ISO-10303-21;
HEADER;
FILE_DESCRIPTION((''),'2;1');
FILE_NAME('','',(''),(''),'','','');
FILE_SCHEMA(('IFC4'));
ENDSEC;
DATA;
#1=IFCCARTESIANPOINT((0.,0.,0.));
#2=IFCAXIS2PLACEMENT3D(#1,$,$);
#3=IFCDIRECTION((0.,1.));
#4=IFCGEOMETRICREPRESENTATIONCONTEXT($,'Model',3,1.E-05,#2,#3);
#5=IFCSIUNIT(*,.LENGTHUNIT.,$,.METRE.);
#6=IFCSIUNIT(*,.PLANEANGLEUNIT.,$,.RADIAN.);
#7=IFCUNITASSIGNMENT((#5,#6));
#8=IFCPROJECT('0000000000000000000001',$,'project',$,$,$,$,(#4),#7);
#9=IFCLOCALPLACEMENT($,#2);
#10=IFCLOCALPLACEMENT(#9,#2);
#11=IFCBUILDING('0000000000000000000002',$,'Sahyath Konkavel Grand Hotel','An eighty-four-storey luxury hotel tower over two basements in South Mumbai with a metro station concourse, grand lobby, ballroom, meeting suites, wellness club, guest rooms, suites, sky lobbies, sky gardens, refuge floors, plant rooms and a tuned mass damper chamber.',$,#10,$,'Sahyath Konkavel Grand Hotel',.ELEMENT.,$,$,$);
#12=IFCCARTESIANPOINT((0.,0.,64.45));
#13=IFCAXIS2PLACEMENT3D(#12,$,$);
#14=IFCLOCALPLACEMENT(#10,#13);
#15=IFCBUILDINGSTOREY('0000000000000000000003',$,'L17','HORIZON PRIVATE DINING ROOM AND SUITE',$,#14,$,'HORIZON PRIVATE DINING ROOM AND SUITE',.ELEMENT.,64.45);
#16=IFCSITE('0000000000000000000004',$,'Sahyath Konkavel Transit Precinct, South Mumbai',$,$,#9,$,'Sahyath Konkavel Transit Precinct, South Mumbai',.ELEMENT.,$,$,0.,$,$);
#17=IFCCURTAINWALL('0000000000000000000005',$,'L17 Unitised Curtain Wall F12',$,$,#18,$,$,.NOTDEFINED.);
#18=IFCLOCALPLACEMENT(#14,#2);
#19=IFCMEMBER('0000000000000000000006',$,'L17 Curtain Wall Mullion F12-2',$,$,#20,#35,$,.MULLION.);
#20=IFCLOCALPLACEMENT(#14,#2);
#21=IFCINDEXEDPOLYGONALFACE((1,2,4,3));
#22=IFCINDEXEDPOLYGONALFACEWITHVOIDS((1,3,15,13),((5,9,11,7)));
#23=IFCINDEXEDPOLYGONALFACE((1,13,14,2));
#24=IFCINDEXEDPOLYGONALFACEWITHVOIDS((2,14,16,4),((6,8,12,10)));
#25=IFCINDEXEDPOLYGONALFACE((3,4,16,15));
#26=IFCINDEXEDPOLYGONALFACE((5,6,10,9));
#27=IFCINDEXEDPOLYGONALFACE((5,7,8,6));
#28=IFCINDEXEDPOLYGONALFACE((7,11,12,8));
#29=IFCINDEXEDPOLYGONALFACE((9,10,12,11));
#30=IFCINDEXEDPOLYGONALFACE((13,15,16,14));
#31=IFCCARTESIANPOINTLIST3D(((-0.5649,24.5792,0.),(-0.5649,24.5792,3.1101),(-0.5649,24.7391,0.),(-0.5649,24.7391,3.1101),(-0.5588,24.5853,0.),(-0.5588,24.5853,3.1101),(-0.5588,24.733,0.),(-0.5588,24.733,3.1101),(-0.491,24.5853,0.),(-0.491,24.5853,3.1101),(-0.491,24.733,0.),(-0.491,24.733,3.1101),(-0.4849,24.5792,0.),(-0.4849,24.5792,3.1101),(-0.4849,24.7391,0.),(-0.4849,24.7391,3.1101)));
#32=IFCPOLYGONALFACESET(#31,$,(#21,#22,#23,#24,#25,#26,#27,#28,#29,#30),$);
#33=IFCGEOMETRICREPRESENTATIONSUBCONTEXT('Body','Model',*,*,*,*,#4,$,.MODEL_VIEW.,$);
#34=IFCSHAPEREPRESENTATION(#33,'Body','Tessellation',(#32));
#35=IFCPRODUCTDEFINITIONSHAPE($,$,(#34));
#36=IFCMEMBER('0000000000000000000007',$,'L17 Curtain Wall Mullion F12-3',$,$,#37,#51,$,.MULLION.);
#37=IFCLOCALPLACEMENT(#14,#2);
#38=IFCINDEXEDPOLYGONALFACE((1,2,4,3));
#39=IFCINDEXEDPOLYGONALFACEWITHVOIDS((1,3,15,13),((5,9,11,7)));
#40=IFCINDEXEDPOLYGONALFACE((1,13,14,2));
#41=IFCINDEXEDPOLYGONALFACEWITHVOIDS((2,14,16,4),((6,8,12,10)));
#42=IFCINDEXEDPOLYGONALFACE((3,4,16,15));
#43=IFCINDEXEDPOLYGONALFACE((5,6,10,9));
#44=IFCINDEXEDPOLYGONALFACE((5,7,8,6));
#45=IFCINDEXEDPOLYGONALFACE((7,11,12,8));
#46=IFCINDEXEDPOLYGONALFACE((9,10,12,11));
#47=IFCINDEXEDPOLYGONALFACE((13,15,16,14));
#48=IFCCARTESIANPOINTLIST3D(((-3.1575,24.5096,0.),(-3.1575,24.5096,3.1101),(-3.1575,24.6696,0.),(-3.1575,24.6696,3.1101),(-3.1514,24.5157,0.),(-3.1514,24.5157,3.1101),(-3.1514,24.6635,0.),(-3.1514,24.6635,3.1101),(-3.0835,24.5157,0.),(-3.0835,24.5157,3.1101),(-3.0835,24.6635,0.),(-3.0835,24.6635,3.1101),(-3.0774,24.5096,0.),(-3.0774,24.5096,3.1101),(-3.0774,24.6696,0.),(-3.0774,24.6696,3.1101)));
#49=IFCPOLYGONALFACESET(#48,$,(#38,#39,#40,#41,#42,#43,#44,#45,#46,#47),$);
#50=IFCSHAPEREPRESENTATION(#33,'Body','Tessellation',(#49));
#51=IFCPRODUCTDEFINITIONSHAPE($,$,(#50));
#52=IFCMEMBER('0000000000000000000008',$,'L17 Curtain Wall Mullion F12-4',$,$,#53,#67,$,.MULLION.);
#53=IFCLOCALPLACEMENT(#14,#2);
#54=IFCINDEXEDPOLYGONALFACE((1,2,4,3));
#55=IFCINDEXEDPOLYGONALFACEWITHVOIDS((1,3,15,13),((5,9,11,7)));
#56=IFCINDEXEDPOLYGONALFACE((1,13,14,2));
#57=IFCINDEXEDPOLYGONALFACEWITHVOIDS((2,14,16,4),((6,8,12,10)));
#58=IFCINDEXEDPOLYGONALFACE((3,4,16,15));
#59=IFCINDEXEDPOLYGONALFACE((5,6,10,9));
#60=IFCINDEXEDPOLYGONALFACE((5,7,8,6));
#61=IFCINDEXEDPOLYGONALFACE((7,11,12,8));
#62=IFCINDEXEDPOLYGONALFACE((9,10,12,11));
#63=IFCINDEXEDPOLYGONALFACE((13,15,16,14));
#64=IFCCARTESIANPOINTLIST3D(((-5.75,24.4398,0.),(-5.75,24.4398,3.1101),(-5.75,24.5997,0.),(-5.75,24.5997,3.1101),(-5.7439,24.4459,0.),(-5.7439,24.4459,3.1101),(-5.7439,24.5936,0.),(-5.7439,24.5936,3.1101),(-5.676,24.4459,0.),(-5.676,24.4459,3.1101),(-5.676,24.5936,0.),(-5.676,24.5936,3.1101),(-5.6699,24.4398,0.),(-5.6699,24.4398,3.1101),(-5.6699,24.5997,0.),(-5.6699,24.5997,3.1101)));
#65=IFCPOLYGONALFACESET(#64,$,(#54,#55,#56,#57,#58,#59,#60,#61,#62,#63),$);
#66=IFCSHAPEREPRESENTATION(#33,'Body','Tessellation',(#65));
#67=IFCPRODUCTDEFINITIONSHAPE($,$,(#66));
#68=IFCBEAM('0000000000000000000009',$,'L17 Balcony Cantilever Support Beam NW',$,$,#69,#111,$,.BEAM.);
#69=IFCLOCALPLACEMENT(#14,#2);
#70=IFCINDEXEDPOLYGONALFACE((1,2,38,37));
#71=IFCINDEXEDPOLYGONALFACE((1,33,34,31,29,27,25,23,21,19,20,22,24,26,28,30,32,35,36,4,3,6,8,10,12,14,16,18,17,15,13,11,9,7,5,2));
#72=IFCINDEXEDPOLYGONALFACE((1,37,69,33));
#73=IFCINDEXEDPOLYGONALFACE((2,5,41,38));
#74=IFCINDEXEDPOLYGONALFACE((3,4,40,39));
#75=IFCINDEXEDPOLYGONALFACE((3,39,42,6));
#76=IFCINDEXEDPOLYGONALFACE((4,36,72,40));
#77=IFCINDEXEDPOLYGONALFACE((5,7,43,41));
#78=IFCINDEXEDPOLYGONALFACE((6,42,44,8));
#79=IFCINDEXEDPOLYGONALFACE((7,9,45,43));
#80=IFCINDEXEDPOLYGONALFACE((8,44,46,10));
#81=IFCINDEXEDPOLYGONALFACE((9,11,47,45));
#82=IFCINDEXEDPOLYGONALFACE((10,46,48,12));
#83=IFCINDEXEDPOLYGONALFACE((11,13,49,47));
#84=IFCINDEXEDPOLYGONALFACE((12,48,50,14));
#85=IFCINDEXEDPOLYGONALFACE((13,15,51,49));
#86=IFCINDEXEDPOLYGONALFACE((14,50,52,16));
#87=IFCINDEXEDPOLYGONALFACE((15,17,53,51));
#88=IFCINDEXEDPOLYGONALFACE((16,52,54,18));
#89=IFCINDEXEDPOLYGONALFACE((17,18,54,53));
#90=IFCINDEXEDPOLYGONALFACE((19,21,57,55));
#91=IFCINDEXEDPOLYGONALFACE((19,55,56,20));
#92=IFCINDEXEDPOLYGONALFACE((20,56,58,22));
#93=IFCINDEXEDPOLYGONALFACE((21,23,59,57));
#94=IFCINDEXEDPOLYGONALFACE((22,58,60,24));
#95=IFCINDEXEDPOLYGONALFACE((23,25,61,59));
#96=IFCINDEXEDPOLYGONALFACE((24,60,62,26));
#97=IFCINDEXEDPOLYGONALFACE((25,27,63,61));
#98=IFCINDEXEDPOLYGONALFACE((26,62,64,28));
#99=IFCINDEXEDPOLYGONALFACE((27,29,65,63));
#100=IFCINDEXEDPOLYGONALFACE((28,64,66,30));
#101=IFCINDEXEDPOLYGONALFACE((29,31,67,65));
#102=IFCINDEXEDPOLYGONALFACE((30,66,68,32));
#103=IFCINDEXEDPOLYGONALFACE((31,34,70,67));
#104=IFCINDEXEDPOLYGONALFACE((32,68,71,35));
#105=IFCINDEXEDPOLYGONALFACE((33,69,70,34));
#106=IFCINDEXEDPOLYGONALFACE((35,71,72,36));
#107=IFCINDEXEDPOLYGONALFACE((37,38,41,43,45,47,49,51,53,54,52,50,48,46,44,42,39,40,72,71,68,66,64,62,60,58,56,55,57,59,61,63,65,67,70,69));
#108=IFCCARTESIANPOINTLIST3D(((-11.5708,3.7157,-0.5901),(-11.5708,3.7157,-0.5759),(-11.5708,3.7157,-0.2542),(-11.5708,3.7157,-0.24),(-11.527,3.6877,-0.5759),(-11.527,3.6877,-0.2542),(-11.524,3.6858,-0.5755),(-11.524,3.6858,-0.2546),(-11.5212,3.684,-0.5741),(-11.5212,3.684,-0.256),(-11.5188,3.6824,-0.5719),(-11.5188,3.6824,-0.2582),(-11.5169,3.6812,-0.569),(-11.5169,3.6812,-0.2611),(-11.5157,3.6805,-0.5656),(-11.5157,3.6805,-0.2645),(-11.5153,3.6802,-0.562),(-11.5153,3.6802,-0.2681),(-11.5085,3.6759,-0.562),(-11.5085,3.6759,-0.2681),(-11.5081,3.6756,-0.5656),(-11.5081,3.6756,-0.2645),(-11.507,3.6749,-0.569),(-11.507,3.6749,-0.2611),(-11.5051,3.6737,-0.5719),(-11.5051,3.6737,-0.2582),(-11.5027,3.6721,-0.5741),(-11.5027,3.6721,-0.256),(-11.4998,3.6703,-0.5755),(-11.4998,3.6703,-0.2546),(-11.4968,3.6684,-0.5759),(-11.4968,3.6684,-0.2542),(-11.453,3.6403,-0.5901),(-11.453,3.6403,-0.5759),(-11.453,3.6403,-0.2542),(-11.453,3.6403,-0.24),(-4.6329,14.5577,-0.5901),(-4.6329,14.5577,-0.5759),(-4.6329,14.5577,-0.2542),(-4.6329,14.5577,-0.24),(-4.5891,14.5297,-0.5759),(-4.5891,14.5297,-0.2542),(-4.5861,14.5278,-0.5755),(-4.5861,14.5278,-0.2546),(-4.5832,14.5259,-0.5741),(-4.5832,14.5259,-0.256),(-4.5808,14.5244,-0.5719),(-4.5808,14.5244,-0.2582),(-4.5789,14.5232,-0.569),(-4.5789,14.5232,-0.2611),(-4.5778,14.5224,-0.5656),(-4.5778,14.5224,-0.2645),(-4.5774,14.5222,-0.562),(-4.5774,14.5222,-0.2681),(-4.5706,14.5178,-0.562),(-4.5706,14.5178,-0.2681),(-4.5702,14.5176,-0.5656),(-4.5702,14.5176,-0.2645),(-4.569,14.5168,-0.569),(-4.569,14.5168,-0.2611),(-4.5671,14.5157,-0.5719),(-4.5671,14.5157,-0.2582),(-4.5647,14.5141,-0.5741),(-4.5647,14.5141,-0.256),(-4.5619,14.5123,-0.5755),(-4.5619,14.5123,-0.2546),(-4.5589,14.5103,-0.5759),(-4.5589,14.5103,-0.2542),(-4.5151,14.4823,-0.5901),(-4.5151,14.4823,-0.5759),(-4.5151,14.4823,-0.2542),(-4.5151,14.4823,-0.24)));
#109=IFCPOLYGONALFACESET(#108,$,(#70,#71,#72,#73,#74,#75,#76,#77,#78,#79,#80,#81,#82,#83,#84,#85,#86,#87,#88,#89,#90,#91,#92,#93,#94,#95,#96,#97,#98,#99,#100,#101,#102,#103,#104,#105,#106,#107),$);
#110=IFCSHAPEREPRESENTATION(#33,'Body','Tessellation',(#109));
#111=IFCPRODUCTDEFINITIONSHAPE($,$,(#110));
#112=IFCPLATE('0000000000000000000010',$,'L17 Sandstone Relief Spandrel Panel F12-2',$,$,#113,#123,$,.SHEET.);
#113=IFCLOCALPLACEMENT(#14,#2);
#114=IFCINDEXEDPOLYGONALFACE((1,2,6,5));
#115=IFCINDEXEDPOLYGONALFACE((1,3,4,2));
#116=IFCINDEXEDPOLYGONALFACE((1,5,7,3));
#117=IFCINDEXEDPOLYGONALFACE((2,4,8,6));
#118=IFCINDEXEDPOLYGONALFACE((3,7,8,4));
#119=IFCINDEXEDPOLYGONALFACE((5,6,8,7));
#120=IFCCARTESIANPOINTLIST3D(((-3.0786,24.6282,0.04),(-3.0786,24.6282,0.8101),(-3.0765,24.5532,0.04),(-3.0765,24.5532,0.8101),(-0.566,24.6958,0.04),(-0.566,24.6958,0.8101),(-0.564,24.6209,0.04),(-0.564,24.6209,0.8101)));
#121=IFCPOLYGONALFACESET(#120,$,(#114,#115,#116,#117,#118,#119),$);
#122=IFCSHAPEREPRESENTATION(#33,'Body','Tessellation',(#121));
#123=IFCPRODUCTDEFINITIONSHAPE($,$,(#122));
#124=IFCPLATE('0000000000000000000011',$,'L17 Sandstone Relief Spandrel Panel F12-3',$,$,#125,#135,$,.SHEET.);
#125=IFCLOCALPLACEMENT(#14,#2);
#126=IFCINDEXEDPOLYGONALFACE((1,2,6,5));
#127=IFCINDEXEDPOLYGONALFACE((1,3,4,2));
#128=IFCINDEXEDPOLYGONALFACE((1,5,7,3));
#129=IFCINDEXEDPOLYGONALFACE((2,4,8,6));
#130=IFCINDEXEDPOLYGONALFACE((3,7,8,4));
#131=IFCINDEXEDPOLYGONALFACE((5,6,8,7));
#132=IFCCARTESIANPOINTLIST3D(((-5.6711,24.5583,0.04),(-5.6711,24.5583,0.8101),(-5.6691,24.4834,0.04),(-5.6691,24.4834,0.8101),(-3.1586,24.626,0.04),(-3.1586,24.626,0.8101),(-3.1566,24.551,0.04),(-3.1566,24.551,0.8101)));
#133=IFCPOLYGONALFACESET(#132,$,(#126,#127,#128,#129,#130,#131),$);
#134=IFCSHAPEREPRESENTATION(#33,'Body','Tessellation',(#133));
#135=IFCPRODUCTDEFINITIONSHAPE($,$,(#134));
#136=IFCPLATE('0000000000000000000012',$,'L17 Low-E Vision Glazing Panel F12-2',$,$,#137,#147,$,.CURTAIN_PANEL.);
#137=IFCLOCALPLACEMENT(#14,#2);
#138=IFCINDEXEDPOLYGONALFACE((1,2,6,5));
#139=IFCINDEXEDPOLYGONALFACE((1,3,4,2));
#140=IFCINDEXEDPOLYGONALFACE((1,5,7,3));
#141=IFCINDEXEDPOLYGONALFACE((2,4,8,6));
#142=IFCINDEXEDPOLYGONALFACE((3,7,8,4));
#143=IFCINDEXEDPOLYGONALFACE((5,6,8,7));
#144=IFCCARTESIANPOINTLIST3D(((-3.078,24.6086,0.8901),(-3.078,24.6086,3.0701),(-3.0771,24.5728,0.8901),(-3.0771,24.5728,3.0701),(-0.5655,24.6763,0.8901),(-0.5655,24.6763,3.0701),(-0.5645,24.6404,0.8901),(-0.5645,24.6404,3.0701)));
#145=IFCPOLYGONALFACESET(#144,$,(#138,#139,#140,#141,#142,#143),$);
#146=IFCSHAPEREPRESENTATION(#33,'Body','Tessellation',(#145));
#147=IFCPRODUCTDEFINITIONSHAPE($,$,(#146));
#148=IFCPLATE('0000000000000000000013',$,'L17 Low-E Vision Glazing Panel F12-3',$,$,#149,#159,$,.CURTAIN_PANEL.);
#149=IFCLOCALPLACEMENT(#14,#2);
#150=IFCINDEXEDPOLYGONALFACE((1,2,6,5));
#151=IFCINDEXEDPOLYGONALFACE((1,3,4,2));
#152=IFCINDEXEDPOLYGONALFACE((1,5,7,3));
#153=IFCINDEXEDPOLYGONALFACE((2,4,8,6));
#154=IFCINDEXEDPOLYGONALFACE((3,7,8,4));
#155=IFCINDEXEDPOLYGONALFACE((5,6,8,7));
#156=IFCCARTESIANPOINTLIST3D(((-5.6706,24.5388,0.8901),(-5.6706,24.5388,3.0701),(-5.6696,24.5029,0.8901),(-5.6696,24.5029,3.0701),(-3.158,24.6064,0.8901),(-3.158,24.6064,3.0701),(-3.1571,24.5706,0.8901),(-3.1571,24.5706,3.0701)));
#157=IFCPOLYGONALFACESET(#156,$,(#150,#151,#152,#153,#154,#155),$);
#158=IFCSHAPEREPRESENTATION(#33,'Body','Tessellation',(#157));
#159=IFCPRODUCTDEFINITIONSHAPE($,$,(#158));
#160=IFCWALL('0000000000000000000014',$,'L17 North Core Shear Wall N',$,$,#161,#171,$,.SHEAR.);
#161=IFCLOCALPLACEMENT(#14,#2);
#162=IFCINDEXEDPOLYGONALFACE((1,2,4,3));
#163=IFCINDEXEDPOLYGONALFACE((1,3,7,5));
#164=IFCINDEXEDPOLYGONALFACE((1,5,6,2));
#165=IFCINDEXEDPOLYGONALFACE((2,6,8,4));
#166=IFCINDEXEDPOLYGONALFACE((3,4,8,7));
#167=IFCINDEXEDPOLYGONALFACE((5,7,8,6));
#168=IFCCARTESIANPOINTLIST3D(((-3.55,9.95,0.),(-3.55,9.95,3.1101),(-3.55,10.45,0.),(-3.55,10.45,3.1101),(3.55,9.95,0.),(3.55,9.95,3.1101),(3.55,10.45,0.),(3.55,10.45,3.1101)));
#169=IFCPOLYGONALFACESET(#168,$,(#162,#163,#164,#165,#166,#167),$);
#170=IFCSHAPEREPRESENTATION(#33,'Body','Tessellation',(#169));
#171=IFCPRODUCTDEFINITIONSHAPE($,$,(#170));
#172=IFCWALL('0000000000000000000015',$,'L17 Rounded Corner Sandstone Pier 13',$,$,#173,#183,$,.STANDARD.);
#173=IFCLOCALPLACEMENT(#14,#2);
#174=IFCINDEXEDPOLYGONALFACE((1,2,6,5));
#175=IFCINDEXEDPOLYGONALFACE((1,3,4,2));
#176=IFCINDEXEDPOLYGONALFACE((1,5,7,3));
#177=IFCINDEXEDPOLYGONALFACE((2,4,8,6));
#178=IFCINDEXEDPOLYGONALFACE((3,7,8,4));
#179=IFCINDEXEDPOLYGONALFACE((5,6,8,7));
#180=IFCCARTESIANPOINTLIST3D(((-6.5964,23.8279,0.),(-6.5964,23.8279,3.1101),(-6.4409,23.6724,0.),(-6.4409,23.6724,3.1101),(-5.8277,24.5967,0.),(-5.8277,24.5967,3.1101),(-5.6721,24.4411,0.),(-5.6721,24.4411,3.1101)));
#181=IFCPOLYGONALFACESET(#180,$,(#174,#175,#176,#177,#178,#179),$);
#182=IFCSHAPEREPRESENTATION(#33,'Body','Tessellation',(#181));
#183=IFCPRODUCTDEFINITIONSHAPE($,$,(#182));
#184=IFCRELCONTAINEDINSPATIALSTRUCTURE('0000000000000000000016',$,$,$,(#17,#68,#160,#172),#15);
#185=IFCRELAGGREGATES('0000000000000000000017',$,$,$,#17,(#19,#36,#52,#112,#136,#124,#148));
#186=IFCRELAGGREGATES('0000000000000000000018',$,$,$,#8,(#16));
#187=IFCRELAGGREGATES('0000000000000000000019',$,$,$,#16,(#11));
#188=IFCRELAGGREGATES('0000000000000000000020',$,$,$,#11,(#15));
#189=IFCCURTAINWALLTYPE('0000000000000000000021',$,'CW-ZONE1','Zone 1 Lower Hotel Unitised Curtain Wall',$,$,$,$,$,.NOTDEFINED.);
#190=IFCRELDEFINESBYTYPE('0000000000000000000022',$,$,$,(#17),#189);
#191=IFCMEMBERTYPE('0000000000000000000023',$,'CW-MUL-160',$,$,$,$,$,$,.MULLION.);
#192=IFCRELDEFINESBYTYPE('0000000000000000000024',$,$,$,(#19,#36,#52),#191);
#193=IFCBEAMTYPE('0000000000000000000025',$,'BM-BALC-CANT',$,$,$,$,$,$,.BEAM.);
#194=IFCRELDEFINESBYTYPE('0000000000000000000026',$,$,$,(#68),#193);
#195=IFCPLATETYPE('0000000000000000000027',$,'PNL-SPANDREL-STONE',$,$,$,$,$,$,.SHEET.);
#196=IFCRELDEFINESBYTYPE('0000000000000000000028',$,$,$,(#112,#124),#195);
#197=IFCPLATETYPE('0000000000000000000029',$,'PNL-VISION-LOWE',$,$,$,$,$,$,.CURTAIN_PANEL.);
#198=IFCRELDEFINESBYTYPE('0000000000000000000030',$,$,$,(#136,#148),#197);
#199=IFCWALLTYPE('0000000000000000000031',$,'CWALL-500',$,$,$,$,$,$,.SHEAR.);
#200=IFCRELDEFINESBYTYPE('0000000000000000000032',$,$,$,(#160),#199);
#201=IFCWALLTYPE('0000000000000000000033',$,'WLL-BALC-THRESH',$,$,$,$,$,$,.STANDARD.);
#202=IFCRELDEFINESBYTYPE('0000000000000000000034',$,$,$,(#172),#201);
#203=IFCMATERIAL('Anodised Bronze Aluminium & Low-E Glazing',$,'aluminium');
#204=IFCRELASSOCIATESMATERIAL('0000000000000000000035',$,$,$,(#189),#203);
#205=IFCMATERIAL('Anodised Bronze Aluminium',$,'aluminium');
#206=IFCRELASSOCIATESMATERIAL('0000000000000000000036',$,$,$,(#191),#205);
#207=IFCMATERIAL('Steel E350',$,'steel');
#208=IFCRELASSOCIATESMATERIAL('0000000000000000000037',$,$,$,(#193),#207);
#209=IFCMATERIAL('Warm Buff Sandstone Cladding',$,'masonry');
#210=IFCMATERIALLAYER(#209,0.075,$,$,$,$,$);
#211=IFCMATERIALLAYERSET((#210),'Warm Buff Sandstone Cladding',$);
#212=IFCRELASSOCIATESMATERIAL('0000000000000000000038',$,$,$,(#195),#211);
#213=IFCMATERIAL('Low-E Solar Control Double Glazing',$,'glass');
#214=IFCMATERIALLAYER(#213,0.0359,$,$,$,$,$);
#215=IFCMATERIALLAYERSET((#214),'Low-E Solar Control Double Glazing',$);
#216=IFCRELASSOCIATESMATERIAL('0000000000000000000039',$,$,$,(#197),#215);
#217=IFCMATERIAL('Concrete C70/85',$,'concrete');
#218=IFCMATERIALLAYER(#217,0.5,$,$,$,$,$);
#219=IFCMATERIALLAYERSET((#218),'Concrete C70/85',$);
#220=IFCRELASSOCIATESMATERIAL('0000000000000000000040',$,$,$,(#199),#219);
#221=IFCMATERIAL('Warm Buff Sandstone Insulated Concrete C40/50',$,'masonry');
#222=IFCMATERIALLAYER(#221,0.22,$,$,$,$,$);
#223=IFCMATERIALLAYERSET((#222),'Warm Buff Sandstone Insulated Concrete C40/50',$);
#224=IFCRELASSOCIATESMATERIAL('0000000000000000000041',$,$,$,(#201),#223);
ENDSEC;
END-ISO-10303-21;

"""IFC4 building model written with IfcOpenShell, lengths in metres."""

from ifc_helpers import new_model, si_unit, direction, frame, frame_2d, origin, origin_2d, place, context, subcontext, project, spatial, rectangle, hollow_rectangle, i_section, extrude, source, transform, mapped, material, layer, layer_set, material_profile, profile_set, type_object, element, aggregate, save


model = new_model("IFC4")

# Units and contexts
model_context = context("Model", 3, precision=1e-05, world=origin(), true_north=direction((0.0, 1.0)))
body_context = subcontext(model_context, "Body", "Model", "MODEL_VIEW")
ifc_project = project(units=[si_unit("LENGTHUNIT", "METRE"), si_unit("PLANEANGLEUNIT", "RADIAN")], contexts=[model_context])

# Site, building, storey
site_placement = place(None, origin())
site = spatial("IfcSite", under=ifc_project, at=site_placement, Name="Sahyath Konkavel Transit Precinct, South Mumbai", LongName="Sahyath Konkavel Transit Precinct, South Mumbai", CompositionType="ELEMENT", RefElevation=0.0)
building_placement = place(site_placement, origin())
building = spatial("IfcBuilding", under=site, at=building_placement, Name="Sahyath Konkavel Grand Hotel", Description="An eighty-four-storey luxury hotel tower over two basements in South Mumbai with a metro station concourse, grand lobby, ballroom, meeting suites, wellness club, guest rooms, suites, sky lobbies, sky gardens, refuge floors, plant rooms and a tuned mass damper chamber.", LongName="Sahyath Konkavel Grand Hotel", CompositionType="ELEMENT")
storey_placement = place(building_placement, frame((0.0, 0.0, 64.45)))
storey = spatial("IfcBuildingStorey", under=building, at=storey_placement, Name="L17", Description="HORIZON PRIVATE DINING ROOM AND SUITE", LongName="HORIZON PRIVATE DINING ROOM AND SUITE", CompositionType="ELEMENT", Elevation=64.45)

# Shared definitions
ifc_material_1 = material(Name="Concrete C70/85", Category="concrete")

# Shared definitions
ifc_material_2 = material(Name="Steel E350", Category="steel")

# Curtain wall, members
ifc_material_3 = material(Name="Anodised Bronze Aluminium & Low-E Glazing", Category="aluminium")
curtain_wall_type = type_object("IfcCurtainWallType", Name="CW-ZONE1", Description="Zone 1 Lower Hotel Unitised Curtain Wall", PredefinedType="NOTDEFINED", material=ifc_material_3)
curtain_wall_placement = place(storey_placement, origin())
curtain_wall = element("IfcCurtainWall", 1, at=curtain_wall_placement, inside=storey, type_object=curtain_wall_type, Name="L17 Unitised Curtain Wall F12", PredefinedType="NOTDEFINED")
ifc_material_4 = material(Name="Anodised Bronze Aluminium", Category="aluminium")
ifc_material_profile_1 = material_profile(ifc_material_4, hollow_rectangle(XDim=0.0801, YDim=0.1599, WallThickness=0.0061, at=origin_2d()), Name="RHS 160x80x6")
ifc_profile_set_1 = profile_set([ifc_material_profile_1], Name="Anodised Bronze Aluminium")
member_type_1 = type_object("IfcMemberType", Name="CW-MUL-160", PredefinedType="MULLION", material=ifc_profile_set_1)
shared_shape_1 = source(origin(), body_context, "Body", "SweptSolid", [
    extrude(hollow_rectangle(XDim=0.0801, YDim=0.1599, WallThickness=0.0061, at=origin_2d()), origin(), (0.0, 0.0, 1.0), 3.1101),
])
member_1_placement = place(storey_placement, frame((-0.5249, 24.6592, 0.0), z_axis=(0.0, 0.0, 1.0), x_axis=(1.0, 0.0, 0.0)))
member_1 = element("IfcMember", 2, at=member_1_placement, type_object=member_type_1, Name="L17 Curtain Wall Mullion F12-2", PredefinedType="MULLION", context=body_context, shape_type="MappedRepresentation", body=[
    mapped(shared_shape_1, transform((0.0, 0.0, 0.0), scale=1.0)),
])
member_2_placement = place(storey_placement, frame((-3.1174, 24.5896, 0.0), z_axis=(0.0, 0.0, 1.0), x_axis=(1.0, 0.0, 0.0)))
member_2 = element("IfcMember", 3, at=member_2_placement, type_object=member_type_1, Name="L17 Curtain Wall Mullion F12-3", PredefinedType="MULLION", context=body_context, shape_type="MappedRepresentation", body=[
    mapped(shared_shape_1, transform((0.0, 0.0, 0.0), scale=1.0)),
])
member_3_placement = place(storey_placement, frame((-5.71, 24.5198, 0.0), z_axis=(0.0, 0.0, 1.0), x_axis=(1.0, 0.0, 0.0)))
member_3 = element("IfcMember", 4, at=member_3_placement, type_object=member_type_1, Name="L17 Curtain Wall Mullion F12-4", PredefinedType="MULLION", context=body_context, shape_type="MappedRepresentation", body=[
    mapped(shared_shape_1, transform((0.0, 0.0, 0.0), scale=1.0)),
])

# Beam
ifc_material_profile_2 = material_profile(ifc_material_2, i_section(OverallWidth=0.1399, OverallDepth=0.3501, WebThickness=0.0081, FlangeThickness=0.0142, FilletRadius=0.0139, at=origin_2d()), Name="ISMB 350")
ifc_profile_set_2 = profile_set([ifc_material_profile_2], Name="Steel E350")
beam_type_1 = type_object("IfcBeamType", Name="BM-BALC-CANT", PredefinedType="BEAM", material=ifc_profile_set_2)
shared_shape_2 = source(origin(), body_context, "Body", "SweptSolid", [
    extrude(i_section(OverallWidth=0.1399, OverallDepth=0.3501, WebThickness=0.0081, FlangeThickness=0.0142, FilletRadius=0.0139, at=origin_2d()), origin(), (0.0, 0.0, 1.0), 12.8718),
])
beam_1_placement = place(storey_placement, frame((-4.574, 14.52, -0.415), z_axis=(-0.539003, -0.842304, 0.0), x_axis=(0.842304, -0.539003, 0.0)))
element("IfcBeam", 5, at=beam_1_placement, inside=storey, type_object=beam_type_1, Name="L17 Balcony Cantilever Support Beam NW", PredefinedType="BEAM", context=body_context, shape_type="MappedRepresentation", body=[
    mapped(shared_shape_2, transform((0.0, 0.0, 0.0), scale=1.0)),
])

# Plates
ifc_material_5 = material(Name="Warm Buff Sandstone Cladding", Category="masonry")
ifc_layer_1 = layer(ifc_material_5, 0.075)
ifc_layer_set_1 = layer_set([ifc_layer_1], Name="Warm Buff Sandstone Cladding")
plate_type_1 = type_object("IfcPlateType", Name="PNL-SPANDREL-STONE", PredefinedType="SHEET", material=ifc_layer_set_1)
shared_shape_3 = source(origin(), body_context, "Body", "SweptSolid", [
    extrude(rectangle(XDim=2.5134, YDim=0.075, at=origin_2d()), origin(), (0.0, 0.0, 1.0), 0.77),
])
plate_1_placement = place(storey_placement, frame((-1.8213, 24.6245, 0.04), z_axis=(0.0, 0.0, 1.0), x_axis=(-0.999638, -0.02691, 0.0)))
plate_1 = element("IfcPlate", 6, at=plate_1_placement, type_object=plate_type_1, Name="L17 Sandstone Relief Spandrel Panel F12-2", PredefinedType="SHEET", context=body_context, shape_type="MappedRepresentation", body=[
    mapped(shared_shape_3, transform((0.0, 0.0, 0.0), scale=1.0)),
])
plate_2_placement = place(storey_placement, frame((-4.4138, 24.5547, 0.04), z_axis=(0.0, 0.0, 1.0), x_axis=(-0.999638, -0.02691, 0.0)))
plate_2 = element("IfcPlate", 7, at=plate_2_placement, type_object=plate_type_1, Name="L17 Sandstone Relief Spandrel Panel F12-3", PredefinedType="SHEET", context=body_context, shape_type="MappedRepresentation", body=[
    mapped(shared_shape_3, transform((0.0, 0.0, 0.0), scale=1.0)),
])
ifc_material_6 = material(Name="Low-E Solar Control Double Glazing", Category="glass")
ifc_layer_2 = layer(ifc_material_6, 0.0359)
ifc_layer_set_2 = layer_set([ifc_layer_2], Name="Low-E Solar Control Double Glazing")
plate_type_2 = type_object("IfcPlateType", Name="PNL-VISION-LOWE", PredefinedType="CURTAIN_PANEL", material=ifc_layer_set_2)
shared_shape_4 = source(origin(), body_context, "Body", "SweptSolid", [
    extrude(rectangle(XDim=2.5134, YDim=0.0359, at=origin_2d()), origin(), (0.0, 0.0, 1.0), 2.1799),
])
plate_3_placement = place(storey_placement, frame((-1.8213, 24.6245, 0.8901), z_axis=(0.0, 0.0, 1.0), x_axis=(-0.999638, -0.02691, 0.0)))
plate_3 = element("IfcPlate", 8, at=plate_3_placement, type_object=plate_type_2, Name="L17 Low-E Vision Glazing Panel F12-2", PredefinedType="CURTAIN_PANEL", context=body_context, shape_type="MappedRepresentation", body=[
    mapped(shared_shape_4, transform((0.0, 0.0, 0.0), scale=1.0)),
])
plate_4_placement = place(storey_placement, frame((-4.4138, 24.5547, 0.8901), z_axis=(0.0, 0.0, 1.0), x_axis=(-0.999638, -0.02691, 0.0)))
plate_4 = element("IfcPlate", 9, at=plate_4_placement, type_object=plate_type_2, Name="L17 Low-E Vision Glazing Panel F12-3", PredefinedType="CURTAIN_PANEL", context=body_context, shape_type="MappedRepresentation", body=[
    mapped(shared_shape_4, transform((0.0, 0.0, 0.0), scale=1.0)),
])
aggregate(curtain_wall, [member_1, member_2, member_3, plate_1, plate_3, plate_2, plate_4])

# Walls
ifc_layer_3 = layer(ifc_material_1, 0.5)
ifc_layer_set_3 = layer_set([ifc_layer_3], Name="Concrete C70/85")
wall_type_1 = type_object("IfcWallType", Name="CWALL-500", PredefinedType="SHEAR", material=ifc_layer_set_3)
wall_1_placement = place(storey_placement, frame((-3.55, 10.2, 0.0), z_axis=(0.0, 0.0, 1.0), x_axis=(1.0, 0.0, 0.0)))
element("IfcWall", 10, at=wall_1_placement, inside=storey, type_object=wall_type_1, Name="L17 North Core Shear Wall N", PredefinedType="SHEAR", context=body_context, shape_type="SweptSolid", body=[
    extrude(rectangle(XDim=7.1001, YDim=0.5, at=frame_2d((3.55, 0.0))), origin(), (0.0, 0.0, 1.0), 3.1101),
])
ifc_material_7 = material(Name="Warm Buff Sandstone Insulated Concrete C40/50", Category="masonry")
ifc_layer_4 = layer(ifc_material_7, 0.22)
ifc_layer_set_4 = layer_set([ifc_layer_4], Name="Warm Buff Sandstone Insulated Concrete C40/50")
wall_type_2 = type_object("IfcWallType", Name="WLL-BALC-THRESH", PredefinedType="STANDARD", material=ifc_layer_set_4)
wall_2_placement = place(storey_placement, frame((-5.75, 24.5188, 0.0), z_axis=(0.0, 0.0, 1.0), x_axis=(-0.707107, -0.707107, 0.0)))
element("IfcWall", 11, at=wall_2_placement, inside=storey, type_object=wall_type_2, Name="L17 Rounded Corner Sandstone Pier 13", PredefinedType="STANDARD", context=body_context, shape_type="SweptSolid", body=[
    extrude(rectangle(XDim=1.0872, YDim=0.22, at=frame_2d((0.5435, 0.0))), origin(), (0.0, 0.0, 1.0), 3.1101),
])

save(model, "model.ifc")
